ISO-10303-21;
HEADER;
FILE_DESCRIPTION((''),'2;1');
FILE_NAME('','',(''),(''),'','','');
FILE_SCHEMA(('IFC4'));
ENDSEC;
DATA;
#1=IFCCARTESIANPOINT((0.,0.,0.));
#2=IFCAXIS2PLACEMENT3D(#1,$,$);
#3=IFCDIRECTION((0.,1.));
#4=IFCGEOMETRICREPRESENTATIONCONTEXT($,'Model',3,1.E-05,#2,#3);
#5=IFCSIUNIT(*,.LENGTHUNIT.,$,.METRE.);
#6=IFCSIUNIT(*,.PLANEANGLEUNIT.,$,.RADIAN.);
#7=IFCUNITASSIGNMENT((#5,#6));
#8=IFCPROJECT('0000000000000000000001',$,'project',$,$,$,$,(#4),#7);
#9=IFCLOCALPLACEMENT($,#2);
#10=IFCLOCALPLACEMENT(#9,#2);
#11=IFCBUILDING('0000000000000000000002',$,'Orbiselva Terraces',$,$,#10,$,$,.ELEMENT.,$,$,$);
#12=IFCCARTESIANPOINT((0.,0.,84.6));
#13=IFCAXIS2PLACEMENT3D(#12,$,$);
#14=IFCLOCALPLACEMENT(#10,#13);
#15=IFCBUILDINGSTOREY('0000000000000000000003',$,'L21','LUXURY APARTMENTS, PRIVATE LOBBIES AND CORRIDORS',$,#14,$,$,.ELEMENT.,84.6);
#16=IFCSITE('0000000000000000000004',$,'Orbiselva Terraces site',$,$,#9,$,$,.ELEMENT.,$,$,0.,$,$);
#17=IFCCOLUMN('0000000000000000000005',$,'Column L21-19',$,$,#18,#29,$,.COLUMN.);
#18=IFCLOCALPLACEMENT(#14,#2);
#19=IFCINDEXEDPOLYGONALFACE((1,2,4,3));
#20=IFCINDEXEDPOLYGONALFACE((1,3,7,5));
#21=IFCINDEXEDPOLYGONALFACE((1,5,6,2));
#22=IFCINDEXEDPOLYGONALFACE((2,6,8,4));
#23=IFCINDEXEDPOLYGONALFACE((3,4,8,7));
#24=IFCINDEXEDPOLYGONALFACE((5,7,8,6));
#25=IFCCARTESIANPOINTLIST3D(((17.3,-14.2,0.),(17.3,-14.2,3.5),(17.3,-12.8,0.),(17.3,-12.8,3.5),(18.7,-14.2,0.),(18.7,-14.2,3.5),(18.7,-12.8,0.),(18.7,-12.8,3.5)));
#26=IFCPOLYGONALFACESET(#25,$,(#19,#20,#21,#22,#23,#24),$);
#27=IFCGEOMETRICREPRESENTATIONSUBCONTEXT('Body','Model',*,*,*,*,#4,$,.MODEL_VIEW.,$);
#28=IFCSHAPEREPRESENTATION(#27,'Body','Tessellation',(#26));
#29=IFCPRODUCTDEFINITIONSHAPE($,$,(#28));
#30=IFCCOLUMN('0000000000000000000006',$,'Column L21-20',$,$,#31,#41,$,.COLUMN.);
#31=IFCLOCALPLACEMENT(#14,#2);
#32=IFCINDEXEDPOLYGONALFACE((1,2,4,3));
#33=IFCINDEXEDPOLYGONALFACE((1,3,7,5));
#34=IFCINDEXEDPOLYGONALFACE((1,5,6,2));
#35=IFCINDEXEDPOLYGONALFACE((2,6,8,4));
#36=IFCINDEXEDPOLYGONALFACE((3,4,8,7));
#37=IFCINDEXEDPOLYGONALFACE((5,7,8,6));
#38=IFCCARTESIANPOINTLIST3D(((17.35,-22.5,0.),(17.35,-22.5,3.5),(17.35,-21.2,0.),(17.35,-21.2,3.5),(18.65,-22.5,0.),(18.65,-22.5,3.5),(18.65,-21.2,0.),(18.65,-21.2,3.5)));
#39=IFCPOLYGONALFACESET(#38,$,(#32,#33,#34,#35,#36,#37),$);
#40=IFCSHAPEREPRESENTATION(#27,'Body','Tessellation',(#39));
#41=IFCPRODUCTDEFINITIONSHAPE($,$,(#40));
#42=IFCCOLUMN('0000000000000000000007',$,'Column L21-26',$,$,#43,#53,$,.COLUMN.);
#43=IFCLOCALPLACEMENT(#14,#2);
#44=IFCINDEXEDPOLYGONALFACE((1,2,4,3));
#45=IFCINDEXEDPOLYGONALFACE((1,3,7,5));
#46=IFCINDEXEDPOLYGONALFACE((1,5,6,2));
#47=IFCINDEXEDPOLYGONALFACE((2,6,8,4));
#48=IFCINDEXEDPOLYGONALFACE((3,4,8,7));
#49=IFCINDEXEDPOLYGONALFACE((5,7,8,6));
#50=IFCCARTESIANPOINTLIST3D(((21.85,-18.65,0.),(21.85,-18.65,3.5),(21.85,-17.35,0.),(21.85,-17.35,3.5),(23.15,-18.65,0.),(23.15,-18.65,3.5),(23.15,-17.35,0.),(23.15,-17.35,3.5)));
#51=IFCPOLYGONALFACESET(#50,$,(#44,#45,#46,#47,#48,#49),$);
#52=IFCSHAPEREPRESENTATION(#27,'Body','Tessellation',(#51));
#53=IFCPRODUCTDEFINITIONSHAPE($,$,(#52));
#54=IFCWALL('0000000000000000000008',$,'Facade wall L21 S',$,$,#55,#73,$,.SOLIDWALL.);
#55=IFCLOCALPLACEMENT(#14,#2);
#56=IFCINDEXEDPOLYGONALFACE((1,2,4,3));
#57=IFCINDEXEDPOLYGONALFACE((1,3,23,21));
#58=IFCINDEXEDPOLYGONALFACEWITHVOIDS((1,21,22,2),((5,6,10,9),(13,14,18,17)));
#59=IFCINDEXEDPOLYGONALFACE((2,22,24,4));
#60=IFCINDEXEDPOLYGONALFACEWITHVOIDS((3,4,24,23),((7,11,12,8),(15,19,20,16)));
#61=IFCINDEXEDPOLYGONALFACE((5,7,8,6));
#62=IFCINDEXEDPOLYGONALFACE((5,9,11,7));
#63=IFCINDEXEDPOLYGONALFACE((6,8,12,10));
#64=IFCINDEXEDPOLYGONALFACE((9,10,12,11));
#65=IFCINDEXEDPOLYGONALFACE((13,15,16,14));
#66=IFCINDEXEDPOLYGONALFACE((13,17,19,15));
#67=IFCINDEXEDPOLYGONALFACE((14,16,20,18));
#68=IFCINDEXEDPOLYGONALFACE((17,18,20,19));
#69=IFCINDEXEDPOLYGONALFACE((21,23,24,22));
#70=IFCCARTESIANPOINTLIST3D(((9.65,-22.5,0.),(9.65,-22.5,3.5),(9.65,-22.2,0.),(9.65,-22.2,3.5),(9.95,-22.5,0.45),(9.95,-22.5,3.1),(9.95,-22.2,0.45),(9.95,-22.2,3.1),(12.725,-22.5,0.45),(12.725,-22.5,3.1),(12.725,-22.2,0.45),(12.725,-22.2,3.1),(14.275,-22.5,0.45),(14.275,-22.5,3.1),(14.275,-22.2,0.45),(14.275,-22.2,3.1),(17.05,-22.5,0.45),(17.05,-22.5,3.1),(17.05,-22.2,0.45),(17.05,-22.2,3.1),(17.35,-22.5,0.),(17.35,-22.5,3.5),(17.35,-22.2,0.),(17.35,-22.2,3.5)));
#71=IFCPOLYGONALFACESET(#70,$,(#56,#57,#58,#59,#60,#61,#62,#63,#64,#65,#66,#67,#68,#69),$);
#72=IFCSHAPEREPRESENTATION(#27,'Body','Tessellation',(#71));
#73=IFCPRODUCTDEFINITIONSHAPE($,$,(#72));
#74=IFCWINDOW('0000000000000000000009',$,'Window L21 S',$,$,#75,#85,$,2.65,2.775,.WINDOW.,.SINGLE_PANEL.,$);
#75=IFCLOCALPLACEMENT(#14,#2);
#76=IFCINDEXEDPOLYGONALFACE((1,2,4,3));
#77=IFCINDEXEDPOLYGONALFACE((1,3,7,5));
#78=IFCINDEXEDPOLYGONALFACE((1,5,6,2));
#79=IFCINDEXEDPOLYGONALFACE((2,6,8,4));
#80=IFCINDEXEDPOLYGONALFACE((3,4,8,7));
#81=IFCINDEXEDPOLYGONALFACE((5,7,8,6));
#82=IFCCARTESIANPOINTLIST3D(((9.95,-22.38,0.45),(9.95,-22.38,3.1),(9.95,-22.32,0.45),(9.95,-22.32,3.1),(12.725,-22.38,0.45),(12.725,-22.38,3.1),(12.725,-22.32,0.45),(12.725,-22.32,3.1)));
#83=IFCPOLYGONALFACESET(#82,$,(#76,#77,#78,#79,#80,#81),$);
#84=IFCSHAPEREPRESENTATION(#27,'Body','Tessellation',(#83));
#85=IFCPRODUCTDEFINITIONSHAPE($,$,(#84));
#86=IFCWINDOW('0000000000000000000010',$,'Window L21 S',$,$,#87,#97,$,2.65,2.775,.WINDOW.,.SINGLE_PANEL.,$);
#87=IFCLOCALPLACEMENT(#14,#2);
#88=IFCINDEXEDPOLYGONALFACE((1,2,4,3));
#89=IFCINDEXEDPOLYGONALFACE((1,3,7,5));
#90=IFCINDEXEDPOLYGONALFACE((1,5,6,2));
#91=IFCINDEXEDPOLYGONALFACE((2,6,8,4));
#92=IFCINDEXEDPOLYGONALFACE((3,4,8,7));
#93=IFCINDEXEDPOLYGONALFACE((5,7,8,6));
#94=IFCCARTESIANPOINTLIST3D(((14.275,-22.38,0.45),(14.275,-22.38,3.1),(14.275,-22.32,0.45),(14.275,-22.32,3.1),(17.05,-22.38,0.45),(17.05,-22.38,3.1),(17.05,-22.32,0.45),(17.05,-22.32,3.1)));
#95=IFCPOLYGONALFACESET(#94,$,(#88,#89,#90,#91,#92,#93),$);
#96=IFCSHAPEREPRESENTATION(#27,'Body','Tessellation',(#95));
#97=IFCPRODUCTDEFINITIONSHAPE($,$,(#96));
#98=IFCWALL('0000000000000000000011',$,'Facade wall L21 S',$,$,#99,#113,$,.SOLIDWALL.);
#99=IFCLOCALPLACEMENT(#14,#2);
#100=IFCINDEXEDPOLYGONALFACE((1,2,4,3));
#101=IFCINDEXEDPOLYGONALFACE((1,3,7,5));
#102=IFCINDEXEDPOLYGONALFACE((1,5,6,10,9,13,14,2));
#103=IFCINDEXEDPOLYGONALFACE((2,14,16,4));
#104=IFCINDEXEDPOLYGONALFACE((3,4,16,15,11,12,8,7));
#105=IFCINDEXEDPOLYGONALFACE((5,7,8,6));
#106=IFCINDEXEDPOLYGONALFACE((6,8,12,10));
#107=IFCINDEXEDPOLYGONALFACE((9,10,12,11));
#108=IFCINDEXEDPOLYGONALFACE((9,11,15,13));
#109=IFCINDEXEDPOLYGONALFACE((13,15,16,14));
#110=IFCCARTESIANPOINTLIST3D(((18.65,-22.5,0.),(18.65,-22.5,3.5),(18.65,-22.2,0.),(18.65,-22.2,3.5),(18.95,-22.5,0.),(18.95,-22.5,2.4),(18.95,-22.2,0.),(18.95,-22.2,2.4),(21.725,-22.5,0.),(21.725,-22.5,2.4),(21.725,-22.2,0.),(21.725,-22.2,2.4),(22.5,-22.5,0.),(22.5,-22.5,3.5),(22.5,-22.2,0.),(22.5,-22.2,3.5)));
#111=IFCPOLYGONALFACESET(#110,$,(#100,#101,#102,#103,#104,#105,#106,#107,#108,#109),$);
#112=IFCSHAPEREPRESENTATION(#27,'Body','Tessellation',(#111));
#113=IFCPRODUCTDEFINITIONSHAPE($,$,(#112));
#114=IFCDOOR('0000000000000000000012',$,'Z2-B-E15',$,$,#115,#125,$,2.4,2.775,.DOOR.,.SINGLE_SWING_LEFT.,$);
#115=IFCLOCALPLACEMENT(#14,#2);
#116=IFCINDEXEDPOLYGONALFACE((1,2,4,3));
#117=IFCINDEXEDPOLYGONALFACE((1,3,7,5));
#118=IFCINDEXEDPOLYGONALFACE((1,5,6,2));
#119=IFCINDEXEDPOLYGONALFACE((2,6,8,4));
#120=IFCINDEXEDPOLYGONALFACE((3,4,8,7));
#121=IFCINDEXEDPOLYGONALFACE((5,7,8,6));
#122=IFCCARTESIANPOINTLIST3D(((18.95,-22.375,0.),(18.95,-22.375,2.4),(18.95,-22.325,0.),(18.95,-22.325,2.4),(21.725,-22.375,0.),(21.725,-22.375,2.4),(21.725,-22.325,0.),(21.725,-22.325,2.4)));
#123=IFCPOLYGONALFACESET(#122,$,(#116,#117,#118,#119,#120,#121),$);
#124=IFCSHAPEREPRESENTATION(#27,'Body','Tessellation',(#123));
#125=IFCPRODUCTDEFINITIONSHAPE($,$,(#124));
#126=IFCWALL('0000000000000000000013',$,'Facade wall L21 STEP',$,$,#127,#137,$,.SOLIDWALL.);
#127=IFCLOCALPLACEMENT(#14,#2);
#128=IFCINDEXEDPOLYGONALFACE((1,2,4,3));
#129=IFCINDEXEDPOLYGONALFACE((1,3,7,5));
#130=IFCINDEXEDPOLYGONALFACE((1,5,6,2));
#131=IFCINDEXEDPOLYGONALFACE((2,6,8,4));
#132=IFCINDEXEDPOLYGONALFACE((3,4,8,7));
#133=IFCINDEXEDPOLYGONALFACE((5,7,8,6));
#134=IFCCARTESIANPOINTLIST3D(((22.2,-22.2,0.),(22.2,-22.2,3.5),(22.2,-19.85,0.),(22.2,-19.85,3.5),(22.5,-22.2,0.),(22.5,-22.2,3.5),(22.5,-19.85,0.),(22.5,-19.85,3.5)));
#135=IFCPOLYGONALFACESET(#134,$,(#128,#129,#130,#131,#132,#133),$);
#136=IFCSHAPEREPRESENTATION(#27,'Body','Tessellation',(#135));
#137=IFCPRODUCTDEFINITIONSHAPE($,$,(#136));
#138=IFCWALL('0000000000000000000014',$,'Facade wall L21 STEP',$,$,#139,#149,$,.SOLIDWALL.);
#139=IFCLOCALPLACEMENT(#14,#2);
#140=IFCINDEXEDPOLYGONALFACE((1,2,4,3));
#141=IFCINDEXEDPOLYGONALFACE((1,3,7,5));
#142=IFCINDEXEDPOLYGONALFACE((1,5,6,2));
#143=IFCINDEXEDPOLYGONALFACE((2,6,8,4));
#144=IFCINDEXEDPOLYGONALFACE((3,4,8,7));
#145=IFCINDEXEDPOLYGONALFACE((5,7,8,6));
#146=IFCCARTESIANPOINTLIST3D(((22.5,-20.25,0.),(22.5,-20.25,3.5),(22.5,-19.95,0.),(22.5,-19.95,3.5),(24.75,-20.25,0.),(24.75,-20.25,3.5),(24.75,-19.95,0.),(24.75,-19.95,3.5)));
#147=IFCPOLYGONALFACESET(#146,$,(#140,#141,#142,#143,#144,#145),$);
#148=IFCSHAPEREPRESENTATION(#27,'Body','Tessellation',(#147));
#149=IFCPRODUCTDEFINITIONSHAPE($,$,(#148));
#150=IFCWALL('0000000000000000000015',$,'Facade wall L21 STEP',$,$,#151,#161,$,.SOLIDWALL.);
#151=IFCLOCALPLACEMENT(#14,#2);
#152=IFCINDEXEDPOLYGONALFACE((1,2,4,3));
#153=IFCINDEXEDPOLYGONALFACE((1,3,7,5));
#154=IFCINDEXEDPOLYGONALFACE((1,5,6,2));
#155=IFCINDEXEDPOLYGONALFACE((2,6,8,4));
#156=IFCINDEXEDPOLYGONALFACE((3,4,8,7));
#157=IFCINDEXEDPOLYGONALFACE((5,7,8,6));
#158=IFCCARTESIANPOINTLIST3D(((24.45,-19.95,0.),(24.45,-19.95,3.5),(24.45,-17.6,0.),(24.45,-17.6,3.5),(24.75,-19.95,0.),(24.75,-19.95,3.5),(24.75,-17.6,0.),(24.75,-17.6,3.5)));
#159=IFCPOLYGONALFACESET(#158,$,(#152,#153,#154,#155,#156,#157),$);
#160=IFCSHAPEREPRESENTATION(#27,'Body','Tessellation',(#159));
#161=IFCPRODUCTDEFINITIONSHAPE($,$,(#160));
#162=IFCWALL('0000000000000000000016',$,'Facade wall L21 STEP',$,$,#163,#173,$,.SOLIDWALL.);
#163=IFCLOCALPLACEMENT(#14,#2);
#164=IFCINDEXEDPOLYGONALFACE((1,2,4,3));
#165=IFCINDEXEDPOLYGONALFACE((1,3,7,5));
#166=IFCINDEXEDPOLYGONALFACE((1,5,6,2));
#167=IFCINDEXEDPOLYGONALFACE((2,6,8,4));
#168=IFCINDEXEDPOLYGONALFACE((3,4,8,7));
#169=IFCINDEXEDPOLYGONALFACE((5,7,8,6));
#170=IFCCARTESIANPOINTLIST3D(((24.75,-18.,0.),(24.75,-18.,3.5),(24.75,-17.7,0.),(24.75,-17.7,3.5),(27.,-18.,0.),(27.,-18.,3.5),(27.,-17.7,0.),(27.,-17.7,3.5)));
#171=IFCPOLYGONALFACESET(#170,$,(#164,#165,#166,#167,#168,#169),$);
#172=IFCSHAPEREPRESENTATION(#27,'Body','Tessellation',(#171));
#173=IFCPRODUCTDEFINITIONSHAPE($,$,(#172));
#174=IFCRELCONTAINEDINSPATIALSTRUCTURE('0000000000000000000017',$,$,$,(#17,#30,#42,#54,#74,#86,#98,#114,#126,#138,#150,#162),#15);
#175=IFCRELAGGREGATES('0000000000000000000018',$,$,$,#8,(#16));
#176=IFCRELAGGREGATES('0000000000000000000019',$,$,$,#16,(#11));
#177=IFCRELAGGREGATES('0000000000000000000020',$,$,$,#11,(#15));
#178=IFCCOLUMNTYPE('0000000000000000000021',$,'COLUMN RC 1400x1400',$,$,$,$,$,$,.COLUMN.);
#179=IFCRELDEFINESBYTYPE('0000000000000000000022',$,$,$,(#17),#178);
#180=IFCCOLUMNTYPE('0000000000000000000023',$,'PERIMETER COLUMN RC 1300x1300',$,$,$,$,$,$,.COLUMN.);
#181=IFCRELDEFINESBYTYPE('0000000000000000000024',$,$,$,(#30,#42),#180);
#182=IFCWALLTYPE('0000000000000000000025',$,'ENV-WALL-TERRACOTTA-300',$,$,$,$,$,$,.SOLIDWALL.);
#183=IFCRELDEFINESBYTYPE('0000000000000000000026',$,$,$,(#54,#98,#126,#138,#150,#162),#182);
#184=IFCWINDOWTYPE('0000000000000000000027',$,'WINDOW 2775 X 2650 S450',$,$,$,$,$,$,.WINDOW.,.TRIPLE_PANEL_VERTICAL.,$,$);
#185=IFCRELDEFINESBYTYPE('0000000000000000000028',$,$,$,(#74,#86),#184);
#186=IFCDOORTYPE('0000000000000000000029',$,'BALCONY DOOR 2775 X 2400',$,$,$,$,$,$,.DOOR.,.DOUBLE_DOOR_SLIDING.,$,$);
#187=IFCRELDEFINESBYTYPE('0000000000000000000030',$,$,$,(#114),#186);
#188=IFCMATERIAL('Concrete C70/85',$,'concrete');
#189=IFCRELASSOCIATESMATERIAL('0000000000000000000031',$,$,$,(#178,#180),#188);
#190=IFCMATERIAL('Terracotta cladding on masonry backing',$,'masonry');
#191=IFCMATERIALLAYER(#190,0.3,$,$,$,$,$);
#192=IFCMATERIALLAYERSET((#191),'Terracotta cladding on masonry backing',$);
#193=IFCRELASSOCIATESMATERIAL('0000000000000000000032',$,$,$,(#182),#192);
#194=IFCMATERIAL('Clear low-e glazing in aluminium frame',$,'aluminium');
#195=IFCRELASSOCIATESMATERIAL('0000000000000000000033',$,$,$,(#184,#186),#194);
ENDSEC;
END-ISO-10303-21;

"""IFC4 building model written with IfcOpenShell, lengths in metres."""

from ifc_helpers import new_model, si_unit, direction, frame, frame_2d, origin, origin_2d, place, context, subcontext, project, spatial, rectangle, extrude, material, layer, layer_set, material_profile, profile_set, type_object, element, fill, save


model = new_model("IFC4")

# Units and contexts
model_context = context("Model", 3, precision=1e-05, world=origin(), true_north=direction((0.0, 1.0)))
body_context = subcontext(model_context, "Body", "Model", "MODEL_VIEW")
ifc_project = project(units=[si_unit("LENGTHUNIT", "METRE"), si_unit("PLANEANGLEUNIT", "RADIAN")], contexts=[model_context])

# Site, building, storey
site_placement = place(None, origin())
site = spatial("IfcSite", under=ifc_project, at=site_placement, Name="Orbiselva Terraces site", CompositionType="ELEMENT", RefElevation=0.0)
building_placement = place(site_placement, origin())
building = spatial("IfcBuilding", under=site, at=building_placement, Name="Orbiselva Terraces", CompositionType="ELEMENT")
storey_placement = place(building_placement, frame((0.0, 0.0, 84.6)))
storey = spatial("IfcBuildingStorey", under=building, at=storey_placement, Name="L21", Description="LUXURY APARTMENTS, PRIVATE LOBBIES AND CORRIDORS", CompositionType="ELEMENT", Elevation=84.6)

# Columns
ifc_material_1 = material(Name="Concrete C70/85", Category="concrete")
ifc_material_profile_1 = material_profile(ifc_material_1, rectangle(XDim=1.4, YDim=1.4, at=origin_2d()), Name="RC 1400x1400")
ifc_profile_set_1 = profile_set([ifc_material_profile_1], Name="Concrete C70/85")
column_type_1 = type_object("IfcColumnType", Name="COLUMN RC 1400x1400", PredefinedType="COLUMN", material=ifc_profile_set_1)
column_placement = place(storey_placement, frame((18.0, -13.5, 0.0), z_axis=(0.0, 0.0, 1.0), x_axis=(1.0, 0.0, 0.0)))
element("IfcColumn", 1, at=column_placement, inside=storey, type_object=column_type_1, Name="Column L21-19", PredefinedType="COLUMN", context=body_context, shape_type="SweptSolid", body=[
    extrude(rectangle(XDim=1.4, YDim=1.4, at=origin_2d()), origin(), (0.0, 0.0, 1.0), 3.5),
])
ifc_material_profile_2 = material_profile(ifc_material_1, rectangle(XDim=1.3, YDim=1.3, at=origin_2d()), Name="RC 1300x1300")
ifc_profile_set_2 = profile_set([ifc_material_profile_2], Name="Concrete C70/85")
column_type_2 = type_object("IfcColumnType", Name="PERIMETER COLUMN RC 1300x1300", PredefinedType="COLUMN", material=ifc_profile_set_2)
for number, where, z_axis, x_axis, name in (
    (2, (18.0, -21.85, 0.0), (0.0, 0.0, 1.0), (1.0, 0.0, 0.0), "Column L21-20"),
    (3, (22.5, -18.0, 0.0), (0.0, 0.0, 1.0), (1.0, 0.0, 0.0), "Column L21-26"),
):
    element("IfcColumn", number, at=place(storey_placement, frame(where, z_axis=z_axis, x_axis=x_axis)), inside=storey, type_object=column_type_2, Name=name, PredefinedType="COLUMN", context=body_context, shape_type="SweptSolid", body=[
        extrude(rectangle(XDim=1.3, YDim=1.3, at=origin_2d()), origin(), (0.0, 0.0, 1.0), 3.5),
    ])

# Wall, openings, windows
ifc_material_2 = material(Name="Terracotta cladding on masonry backing", Category="masonry")
ifc_layer_1 = layer(ifc_material_2, 0.3)
ifc_layer_set_1 = layer_set([ifc_layer_1], Name="Terracotta cladding on masonry backing")
wall_type_1 = type_object("IfcWallType", Name="ENV-WALL-TERRACOTTA-300", PredefinedType="SOLIDWALL", material=ifc_layer_set_1)
wall_1_placement = place(storey_placement, frame((17.35, -22.35, 0.0), z_axis=(0.0, 0.0, 1.0), x_axis=(-1.0, 0.0, 0.0)))
wall_1 = element("IfcWall", 4, at=wall_1_placement, inside=storey, type_object=wall_type_1, Name="Facade wall L21 S", PredefinedType="SOLIDWALL", context=body_context, shape_type="SweptSolid", body=[
    extrude(rectangle(XDim=7.7, YDim=0.3, at=frame_2d((3.85, 0.0))), origin(), (0.0, 0.0, 1.0), 3.5),
])
opening_1_placement = place(wall_1_placement, frame((4.625, 0.0, 0.45)))
opening_1 = element("IfcOpeningElement", 5, at=opening_1_placement, cuts=wall_1, PredefinedType="OPENING", context=body_context, shape_type="SweptSolid", body=[
    extrude(rectangle(XDim=2.775, YDim=2.65, at=frame_2d((1.3875, 1.325))), frame((0.0, 0.16, 0.0), z_axis=(0.0, -1.0, 0.0), x_axis=(1.0, 0.0, 0.0)), (0.0, 0.0, 1.0), 0.32),
])
opening_2_placement = place(wall_1_placement, frame((0.3, 0.0, 0.45)))
opening_2 = element("IfcOpeningElement", 6, at=opening_2_placement, cuts=wall_1, PredefinedType="OPENING", context=body_context, shape_type="SweptSolid", body=[
    extrude(rectangle(XDim=2.775, YDim=2.65, at=frame_2d((1.3875, 1.325))), frame((0.0, 0.16, 0.0), z_axis=(0.0, -1.0, 0.0), x_axis=(1.0, 0.0, 0.0)), (0.0, 0.0, 1.0), 0.32),
])
ifc_material_3 = material(Name="Clear low-e glazing in aluminium frame", Category="aluminium")
window_type = type_object("IfcWindowType", Name="WINDOW 2775 X 2650 S450", PartitioningType="TRIPLE_PANEL_VERTICAL", PredefinedType="WINDOW", material=ifc_material_3)
window_1_placement = place(opening_1_placement, origin())
window_1 = element("IfcWindow", 7, at=window_1_placement, inside=storey, type_object=window_type, Name="Window L21 S", OverallHeight=2.65, OverallWidth=2.775, PartitioningType="SINGLE_PANEL", PredefinedType="WINDOW", context=body_context, shape_type="SweptSolid", body=[
    extrude(rectangle(XDim=2.775, YDim=2.65, at=frame_2d((1.3875, 1.325))), frame((0.0, 0.03, 0.0), z_axis=(0.0, -1.0, 0.0), x_axis=(1.0, 0.0, 0.0)), (0.0, 0.0, 1.0), 0.06),
])
fill(opening_1, window_1)
window_2_placement = place(opening_2_placement, origin())
window_2 = element("IfcWindow", 8, at=window_2_placement, inside=storey, type_object=window_type, Name="Window L21 S", OverallHeight=2.65, OverallWidth=2.775, PartitioningType="SINGLE_PANEL", PredefinedType="WINDOW", context=body_context, shape_type="SweptSolid", body=[
    extrude(rectangle(XDim=2.775, YDim=2.65, at=frame_2d((1.3875, 1.325))), frame((0.0, 0.03, 0.0), z_axis=(0.0, -1.0, 0.0), x_axis=(1.0, 0.0, 0.0)), (0.0, 0.0, 1.0), 0.06),
])
fill(opening_2, window_2)

# Wall, opening, door
wall_2_placement = place(storey_placement, frame((22.5, -22.35, 0.0), z_axis=(0.0, 0.0, 1.0), x_axis=(-1.0, 0.0, 0.0)))
wall_2 = element("IfcWall", 9, at=wall_2_placement, inside=storey, type_object=wall_type_1, Name="Facade wall L21 S", PredefinedType="SOLIDWALL", context=body_context, shape_type="SweptSolid", body=[
    extrude(rectangle(XDim=3.85, YDim=0.3, at=frame_2d((1.925, 0.0))), origin(), (0.0, 0.0, 1.0), 3.5),
])
opening_3_placement = place(wall_2_placement, frame((0.775, 0.0, 0.0)))
opening_3 = element("IfcOpeningElement", 10, at=opening_3_placement, cuts=wall_2, PredefinedType="OPENING", context=body_context, shape_type="SweptSolid", body=[
    extrude(rectangle(XDim=2.775, YDim=2.4, at=frame_2d((1.3875, 1.2))), frame((0.0, 0.16, 0.0), z_axis=(0.0, -1.0, 0.0), x_axis=(1.0, 0.0, 0.0)), (0.0, 0.0, 1.0), 0.32),
])
door_type_1 = type_object("IfcDoorType", Name="BALCONY DOOR 2775 X 2400", OperationType="DOUBLE_DOOR_SLIDING", PredefinedType="DOOR", material=ifc_material_3)
door_1_placement = place(opening_3_placement, origin())
door_1 = element("IfcDoor", 11, at=door_1_placement, inside=storey, type_object=door_type_1, Name="Z2-B-E15", OperationType="SINGLE_SWING_LEFT", OverallHeight=2.4, OverallWidth=2.775, PredefinedType="DOOR", context=body_context, shape_type="SweptSolid", body=[
    extrude(rectangle(XDim=2.775, YDim=2.4, at=frame_2d((1.3875, 1.2))), frame((0.0, 0.025, 0.0), z_axis=(0.0, -1.0, 0.0), x_axis=(1.0, 0.0, 0.0)), (0.0, 0.0, 1.0), 0.05),
])
fill(opening_3, door_1)

# Walls
wall_3_placement = place(storey_placement, frame((22.35, -19.85, 0.0), z_axis=(0.0, 0.0, 1.0), x_axis=(0.0, -1.0, 0.0)))
element("IfcWall", 12, at=wall_3_placement, inside=storey, type_object=wall_type_1, Name="Facade wall L21 STEP", PredefinedType="SOLIDWALL", context=body_context, shape_type="SweptSolid", body=[
    extrude(rectangle(XDim=2.35, YDim=0.3, at=frame_2d((1.175, 0.0))), origin(), (0.0, 0.0, 1.0), 3.5),
])
wall_4_placement = place(storey_placement, frame((24.75, -20.1, 0.0), z_axis=(0.0, 0.0, 1.0), x_axis=(-1.0, 0.0, 0.0)))
element("IfcWall", 13, at=wall_4_placement, inside=storey, type_object=wall_type_1, Name="Facade wall L21 STEP", PredefinedType="SOLIDWALL", context=body_context, shape_type="SweptSolid", body=[
    extrude(rectangle(XDim=2.25, YDim=0.3, at=frame_2d((1.125, 0.0))), origin(), (0.0, 0.0, 1.0), 3.5),
])
wall_5_placement = place(storey_placement, frame((24.6, -17.6, 0.0), z_axis=(0.0, 0.0, 1.0), x_axis=(0.0, -1.0, 0.0)))
element("IfcWall", 14, at=wall_5_placement, inside=storey, type_object=wall_type_1, Name="Facade wall L21 STEP", PredefinedType="SOLIDWALL", context=body_context, shape_type="SweptSolid", body=[
    extrude(rectangle(XDim=2.35, YDim=0.3, at=frame_2d((1.175, 0.0))), origin(), (0.0, 0.0, 1.0), 3.5),
])
wall_6_placement = place(storey_placement, frame((27.0, -17.85, 0.0), z_axis=(0.0, 0.0, 1.0), x_axis=(-1.0, 0.0, 0.0)))
element("IfcWall", 15, at=wall_6_placement, inside=storey, type_object=wall_type_1, Name="Facade wall L21 STEP", PredefinedType="SOLIDWALL", context=body_context, shape_type="SweptSolid", body=[
    extrude(rectangle(XDim=2.25, YDim=0.3, at=frame_2d((1.125, 0.0))), origin(), (0.0, 0.0, 1.0), 3.5),
])

save(model, "model.ifc")
